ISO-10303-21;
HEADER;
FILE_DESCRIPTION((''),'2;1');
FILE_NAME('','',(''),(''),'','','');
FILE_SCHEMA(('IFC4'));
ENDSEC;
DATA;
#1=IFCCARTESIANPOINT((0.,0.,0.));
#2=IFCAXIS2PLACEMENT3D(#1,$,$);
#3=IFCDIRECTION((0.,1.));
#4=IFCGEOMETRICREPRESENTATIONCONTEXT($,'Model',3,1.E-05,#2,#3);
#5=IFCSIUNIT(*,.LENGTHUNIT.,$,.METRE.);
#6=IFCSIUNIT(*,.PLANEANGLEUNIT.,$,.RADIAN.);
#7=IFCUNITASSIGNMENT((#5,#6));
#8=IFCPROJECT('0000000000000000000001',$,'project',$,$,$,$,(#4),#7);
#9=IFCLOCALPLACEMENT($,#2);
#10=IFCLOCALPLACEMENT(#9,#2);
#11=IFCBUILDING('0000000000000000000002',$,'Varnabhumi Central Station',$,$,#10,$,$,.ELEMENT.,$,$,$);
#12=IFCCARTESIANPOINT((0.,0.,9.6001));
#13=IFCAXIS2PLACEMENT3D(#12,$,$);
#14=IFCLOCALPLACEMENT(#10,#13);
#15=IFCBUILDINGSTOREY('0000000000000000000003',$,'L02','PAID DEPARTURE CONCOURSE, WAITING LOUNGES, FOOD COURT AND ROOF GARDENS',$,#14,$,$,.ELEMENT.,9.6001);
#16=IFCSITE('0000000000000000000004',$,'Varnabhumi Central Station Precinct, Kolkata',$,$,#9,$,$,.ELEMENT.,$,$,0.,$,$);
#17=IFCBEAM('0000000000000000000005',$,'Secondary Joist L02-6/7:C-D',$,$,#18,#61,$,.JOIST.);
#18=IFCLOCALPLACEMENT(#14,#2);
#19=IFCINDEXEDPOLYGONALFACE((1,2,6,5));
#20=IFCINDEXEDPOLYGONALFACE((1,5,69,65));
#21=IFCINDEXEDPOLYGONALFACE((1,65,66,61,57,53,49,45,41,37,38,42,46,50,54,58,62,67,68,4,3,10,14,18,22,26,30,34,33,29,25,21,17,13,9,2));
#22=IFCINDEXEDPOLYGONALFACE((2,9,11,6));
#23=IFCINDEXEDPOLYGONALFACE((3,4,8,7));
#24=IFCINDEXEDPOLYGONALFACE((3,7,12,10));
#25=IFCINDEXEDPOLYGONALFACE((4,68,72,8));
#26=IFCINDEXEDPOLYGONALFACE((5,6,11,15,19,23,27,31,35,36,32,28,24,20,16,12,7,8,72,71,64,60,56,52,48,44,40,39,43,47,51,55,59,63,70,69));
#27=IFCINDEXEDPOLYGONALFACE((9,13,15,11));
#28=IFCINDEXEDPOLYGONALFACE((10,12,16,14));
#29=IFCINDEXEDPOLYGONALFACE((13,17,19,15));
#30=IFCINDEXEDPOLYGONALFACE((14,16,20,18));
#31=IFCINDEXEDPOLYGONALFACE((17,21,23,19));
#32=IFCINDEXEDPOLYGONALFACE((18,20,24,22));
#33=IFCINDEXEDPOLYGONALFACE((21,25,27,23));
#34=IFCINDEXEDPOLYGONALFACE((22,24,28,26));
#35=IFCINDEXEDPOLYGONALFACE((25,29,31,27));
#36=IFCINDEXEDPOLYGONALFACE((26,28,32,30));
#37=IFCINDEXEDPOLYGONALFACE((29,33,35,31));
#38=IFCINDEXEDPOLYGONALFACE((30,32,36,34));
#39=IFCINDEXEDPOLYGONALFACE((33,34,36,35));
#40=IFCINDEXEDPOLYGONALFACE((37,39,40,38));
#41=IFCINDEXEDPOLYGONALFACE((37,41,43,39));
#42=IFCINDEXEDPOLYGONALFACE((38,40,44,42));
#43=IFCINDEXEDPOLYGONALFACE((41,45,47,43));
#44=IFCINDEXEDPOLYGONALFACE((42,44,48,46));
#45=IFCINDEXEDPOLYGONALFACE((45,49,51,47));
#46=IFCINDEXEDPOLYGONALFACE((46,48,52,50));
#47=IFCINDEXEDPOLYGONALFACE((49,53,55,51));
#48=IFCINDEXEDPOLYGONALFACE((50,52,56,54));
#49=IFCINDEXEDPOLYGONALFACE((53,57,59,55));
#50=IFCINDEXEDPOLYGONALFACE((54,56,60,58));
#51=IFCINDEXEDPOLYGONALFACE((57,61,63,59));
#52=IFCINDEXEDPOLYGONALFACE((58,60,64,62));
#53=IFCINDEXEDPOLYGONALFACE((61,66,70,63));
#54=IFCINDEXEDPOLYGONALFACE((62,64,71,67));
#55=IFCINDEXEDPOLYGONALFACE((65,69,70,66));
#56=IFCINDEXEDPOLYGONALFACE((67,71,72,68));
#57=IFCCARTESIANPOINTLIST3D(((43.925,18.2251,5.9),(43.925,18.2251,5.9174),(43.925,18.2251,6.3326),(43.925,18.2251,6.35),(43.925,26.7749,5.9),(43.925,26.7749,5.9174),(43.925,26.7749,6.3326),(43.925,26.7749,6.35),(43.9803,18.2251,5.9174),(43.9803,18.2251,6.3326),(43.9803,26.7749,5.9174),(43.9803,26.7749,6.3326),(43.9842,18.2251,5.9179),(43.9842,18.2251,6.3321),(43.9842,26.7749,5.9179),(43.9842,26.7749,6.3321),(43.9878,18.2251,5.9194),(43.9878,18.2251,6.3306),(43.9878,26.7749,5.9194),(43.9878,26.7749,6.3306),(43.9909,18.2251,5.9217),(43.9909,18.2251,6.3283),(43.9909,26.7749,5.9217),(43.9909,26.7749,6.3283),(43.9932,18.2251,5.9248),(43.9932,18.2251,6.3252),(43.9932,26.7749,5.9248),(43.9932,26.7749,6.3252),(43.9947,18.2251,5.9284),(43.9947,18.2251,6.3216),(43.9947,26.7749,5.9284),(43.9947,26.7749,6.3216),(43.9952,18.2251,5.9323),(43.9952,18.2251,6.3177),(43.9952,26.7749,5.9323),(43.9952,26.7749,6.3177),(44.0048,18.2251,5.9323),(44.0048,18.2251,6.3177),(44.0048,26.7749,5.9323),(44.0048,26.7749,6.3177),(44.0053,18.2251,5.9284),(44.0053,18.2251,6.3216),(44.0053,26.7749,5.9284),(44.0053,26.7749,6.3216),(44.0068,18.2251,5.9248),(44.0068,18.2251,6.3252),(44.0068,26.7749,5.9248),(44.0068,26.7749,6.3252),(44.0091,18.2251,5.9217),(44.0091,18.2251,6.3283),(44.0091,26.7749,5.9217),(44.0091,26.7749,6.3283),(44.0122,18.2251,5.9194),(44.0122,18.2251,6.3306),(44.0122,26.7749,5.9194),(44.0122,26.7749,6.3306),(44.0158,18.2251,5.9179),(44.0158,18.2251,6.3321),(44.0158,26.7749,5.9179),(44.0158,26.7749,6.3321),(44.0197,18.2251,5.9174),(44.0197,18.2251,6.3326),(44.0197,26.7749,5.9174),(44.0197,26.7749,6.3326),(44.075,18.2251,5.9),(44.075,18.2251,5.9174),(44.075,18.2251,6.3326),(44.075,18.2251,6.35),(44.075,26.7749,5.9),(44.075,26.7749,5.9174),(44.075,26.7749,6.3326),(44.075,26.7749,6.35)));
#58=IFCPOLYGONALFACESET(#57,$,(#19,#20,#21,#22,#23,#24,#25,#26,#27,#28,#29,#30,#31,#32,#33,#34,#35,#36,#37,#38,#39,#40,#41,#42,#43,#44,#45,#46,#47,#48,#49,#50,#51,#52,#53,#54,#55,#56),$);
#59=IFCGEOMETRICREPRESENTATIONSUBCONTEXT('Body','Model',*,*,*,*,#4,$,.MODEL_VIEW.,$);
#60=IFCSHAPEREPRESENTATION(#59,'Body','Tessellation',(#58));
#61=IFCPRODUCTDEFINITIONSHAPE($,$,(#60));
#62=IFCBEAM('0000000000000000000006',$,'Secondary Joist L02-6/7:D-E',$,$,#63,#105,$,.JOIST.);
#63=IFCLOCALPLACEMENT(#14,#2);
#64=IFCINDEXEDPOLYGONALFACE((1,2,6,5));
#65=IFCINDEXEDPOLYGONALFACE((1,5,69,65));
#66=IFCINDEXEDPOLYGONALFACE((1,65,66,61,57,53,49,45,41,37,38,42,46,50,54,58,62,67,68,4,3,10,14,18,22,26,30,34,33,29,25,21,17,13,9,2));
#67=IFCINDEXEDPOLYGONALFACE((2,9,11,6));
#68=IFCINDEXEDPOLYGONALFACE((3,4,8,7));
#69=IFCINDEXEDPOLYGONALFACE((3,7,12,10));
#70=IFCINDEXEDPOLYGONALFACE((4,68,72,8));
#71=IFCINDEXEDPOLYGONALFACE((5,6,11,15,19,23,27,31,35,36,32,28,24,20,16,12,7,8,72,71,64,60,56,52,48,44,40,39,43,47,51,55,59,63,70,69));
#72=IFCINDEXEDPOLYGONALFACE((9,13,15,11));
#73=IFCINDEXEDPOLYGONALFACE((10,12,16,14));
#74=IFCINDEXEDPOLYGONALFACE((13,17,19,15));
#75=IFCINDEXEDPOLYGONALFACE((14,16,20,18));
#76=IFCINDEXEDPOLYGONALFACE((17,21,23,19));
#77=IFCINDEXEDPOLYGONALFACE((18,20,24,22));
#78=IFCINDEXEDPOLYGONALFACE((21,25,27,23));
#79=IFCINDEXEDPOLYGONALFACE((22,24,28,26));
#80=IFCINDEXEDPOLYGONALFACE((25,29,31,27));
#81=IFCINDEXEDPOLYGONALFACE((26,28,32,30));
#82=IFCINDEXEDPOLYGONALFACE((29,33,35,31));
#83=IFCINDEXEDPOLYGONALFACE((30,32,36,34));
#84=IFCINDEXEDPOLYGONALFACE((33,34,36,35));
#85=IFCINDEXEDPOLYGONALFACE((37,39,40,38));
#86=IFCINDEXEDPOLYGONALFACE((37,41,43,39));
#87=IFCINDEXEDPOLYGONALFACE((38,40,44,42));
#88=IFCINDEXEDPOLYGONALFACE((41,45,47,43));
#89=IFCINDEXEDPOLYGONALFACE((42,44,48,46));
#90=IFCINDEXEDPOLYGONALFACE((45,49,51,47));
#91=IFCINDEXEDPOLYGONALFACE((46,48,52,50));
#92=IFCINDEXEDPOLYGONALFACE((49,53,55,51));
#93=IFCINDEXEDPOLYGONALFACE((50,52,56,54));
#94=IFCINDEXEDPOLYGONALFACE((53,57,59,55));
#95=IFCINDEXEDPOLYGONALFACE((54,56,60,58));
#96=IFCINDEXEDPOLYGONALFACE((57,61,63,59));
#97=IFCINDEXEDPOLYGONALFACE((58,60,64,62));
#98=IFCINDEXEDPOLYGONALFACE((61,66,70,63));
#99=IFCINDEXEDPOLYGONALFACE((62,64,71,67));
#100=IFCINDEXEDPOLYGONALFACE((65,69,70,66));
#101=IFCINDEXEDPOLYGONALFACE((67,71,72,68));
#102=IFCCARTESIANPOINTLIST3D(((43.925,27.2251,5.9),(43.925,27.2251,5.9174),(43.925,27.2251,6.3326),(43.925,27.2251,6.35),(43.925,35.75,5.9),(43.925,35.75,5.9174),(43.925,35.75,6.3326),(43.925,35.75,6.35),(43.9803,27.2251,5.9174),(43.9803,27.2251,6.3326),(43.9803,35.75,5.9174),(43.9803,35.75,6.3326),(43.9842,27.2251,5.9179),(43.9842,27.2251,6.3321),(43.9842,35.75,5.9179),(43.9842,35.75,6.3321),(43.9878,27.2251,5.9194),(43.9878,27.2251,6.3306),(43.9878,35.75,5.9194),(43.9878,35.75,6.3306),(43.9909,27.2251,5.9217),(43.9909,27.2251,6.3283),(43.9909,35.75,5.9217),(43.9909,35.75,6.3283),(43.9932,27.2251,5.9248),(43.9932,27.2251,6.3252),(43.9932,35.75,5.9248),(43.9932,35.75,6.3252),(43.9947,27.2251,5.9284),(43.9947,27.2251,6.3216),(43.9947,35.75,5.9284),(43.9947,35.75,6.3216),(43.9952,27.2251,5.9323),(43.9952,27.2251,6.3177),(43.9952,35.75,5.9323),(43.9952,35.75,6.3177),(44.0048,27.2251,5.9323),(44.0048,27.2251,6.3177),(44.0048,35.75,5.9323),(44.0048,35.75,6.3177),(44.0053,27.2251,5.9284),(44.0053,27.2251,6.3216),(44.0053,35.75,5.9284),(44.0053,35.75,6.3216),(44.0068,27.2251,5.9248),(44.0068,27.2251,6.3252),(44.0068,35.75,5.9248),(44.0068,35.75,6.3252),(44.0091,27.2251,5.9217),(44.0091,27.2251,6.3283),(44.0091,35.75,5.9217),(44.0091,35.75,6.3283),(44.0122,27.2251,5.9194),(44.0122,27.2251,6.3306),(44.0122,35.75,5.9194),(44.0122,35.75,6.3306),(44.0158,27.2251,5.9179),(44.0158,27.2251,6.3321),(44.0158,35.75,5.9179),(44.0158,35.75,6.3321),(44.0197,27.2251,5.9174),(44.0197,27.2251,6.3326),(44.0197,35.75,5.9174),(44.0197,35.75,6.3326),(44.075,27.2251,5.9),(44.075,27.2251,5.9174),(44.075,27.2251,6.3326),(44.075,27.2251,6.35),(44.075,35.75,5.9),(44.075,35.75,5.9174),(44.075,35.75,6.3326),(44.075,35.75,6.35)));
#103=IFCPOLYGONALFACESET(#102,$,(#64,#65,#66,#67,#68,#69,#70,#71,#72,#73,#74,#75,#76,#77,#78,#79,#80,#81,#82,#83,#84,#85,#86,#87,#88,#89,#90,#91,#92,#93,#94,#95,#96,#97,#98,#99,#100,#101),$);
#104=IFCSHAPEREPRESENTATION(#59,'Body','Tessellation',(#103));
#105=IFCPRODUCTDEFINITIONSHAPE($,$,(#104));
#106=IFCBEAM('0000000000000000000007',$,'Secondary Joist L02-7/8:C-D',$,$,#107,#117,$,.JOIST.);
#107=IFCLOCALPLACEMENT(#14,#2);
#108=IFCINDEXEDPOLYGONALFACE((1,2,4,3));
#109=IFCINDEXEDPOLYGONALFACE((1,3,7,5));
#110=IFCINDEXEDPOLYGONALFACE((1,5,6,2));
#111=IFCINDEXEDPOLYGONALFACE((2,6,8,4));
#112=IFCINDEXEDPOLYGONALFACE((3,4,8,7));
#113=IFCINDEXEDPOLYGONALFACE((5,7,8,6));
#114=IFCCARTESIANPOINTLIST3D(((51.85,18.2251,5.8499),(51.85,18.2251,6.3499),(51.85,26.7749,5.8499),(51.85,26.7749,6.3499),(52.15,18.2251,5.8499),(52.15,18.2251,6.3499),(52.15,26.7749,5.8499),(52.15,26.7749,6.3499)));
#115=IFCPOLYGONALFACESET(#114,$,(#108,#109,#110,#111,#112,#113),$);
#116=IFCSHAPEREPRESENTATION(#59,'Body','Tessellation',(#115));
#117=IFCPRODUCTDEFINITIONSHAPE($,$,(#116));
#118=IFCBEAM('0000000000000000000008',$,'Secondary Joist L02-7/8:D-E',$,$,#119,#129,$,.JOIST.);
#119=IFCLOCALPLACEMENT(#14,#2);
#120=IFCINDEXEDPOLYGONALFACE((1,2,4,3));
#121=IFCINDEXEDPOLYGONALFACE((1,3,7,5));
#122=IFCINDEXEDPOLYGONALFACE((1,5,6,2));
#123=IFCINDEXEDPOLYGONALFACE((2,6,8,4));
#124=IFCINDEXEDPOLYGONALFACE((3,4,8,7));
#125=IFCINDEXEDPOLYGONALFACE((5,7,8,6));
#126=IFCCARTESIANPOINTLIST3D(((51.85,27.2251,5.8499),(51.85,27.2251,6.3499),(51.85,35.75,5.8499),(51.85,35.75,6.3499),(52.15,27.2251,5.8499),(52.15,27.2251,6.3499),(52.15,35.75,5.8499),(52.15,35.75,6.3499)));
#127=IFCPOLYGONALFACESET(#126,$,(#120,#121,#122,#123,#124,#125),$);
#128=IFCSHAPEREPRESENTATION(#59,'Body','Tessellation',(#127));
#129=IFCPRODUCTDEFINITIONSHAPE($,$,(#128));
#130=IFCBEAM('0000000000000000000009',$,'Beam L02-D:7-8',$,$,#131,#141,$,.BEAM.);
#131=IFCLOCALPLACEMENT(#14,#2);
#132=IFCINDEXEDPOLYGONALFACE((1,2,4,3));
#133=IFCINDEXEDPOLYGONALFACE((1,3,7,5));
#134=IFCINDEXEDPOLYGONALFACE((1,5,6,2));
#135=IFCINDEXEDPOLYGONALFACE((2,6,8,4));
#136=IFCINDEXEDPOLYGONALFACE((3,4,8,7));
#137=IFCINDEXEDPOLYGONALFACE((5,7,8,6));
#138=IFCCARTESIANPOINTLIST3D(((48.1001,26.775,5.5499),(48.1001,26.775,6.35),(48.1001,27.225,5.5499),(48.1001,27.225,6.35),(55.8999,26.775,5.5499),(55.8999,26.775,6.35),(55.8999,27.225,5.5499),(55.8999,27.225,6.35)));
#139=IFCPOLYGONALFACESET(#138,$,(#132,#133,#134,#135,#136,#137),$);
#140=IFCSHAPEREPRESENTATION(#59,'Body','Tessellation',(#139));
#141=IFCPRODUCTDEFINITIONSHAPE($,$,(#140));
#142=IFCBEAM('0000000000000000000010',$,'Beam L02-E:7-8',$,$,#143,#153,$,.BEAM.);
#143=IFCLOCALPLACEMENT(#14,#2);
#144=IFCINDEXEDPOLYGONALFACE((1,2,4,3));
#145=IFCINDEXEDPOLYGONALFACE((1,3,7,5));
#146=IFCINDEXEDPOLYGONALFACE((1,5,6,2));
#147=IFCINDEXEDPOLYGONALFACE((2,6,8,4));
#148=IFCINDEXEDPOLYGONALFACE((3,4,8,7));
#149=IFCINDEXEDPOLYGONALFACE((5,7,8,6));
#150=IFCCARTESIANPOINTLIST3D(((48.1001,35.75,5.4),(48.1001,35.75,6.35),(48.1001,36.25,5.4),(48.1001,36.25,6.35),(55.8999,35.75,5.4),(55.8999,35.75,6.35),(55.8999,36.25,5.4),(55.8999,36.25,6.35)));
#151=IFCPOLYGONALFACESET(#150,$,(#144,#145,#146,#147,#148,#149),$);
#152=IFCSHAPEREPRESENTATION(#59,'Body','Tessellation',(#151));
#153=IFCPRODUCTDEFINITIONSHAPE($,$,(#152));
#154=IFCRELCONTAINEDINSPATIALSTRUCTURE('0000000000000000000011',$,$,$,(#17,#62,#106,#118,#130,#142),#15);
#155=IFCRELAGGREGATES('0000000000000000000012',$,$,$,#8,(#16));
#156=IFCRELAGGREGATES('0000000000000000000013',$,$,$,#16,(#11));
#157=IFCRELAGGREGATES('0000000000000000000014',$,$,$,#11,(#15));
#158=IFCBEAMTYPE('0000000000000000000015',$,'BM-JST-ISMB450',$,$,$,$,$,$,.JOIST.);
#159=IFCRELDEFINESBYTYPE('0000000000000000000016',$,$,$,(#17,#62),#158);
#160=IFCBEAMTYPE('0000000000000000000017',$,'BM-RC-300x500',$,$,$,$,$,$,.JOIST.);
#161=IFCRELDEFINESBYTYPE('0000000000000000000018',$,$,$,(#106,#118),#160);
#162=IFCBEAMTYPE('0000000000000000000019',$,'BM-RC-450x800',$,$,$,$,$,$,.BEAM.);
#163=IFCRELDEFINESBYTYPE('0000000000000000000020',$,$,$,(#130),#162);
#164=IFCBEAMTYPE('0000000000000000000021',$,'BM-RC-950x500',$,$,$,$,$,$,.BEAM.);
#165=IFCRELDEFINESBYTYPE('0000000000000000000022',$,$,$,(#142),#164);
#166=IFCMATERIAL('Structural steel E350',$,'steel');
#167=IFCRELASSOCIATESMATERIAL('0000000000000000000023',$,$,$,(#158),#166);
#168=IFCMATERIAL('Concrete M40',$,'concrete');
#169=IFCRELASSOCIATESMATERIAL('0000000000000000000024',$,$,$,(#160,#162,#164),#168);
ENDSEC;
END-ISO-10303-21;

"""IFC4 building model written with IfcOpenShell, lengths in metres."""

from ifc_helpers import new_model, si_unit, direction, frame, origin, origin_2d, place, context, subcontext, project, spatial, rectangle, i_section, extrude, material, material_profile, profile_set, type_object, element, save


model = new_model("IFC4")

# Units and contexts
model_context = context("Model", 3, precision=1e-05, world=origin(), true_north=direction((0.0, 1.0)))
body_context = subcontext(model_context, "Body", "Model", "MODEL_VIEW")
ifc_project = project(units=[si_unit("LENGTHUNIT", "METRE"), si_unit("PLANEANGLEUNIT", "RADIAN")], contexts=[model_context])

# Site, building, storey
site_placement = place(None, origin())
site = spatial("IfcSite", under=ifc_project, at=site_placement, Name="Varnabhumi Central Station Precinct, Kolkata", CompositionType="ELEMENT", RefElevation=0.0)
building_placement = place(site_placement, origin())
building = spatial("IfcBuilding", under=site, at=building_placement, Name="Varnabhumi Central Station", CompositionType="ELEMENT")
storey_placement = place(building_placement, frame((0.0, 0.0, 9.6001)))
storey = spatial("IfcBuildingStorey", under=building, at=storey_placement, Name="L02", Description="PAID DEPARTURE CONCOURSE, WAITING LOUNGES, FOOD COURT AND ROOF GARDENS", CompositionType="ELEMENT", Elevation=9.6001)

# Shared definitions
ifc_material_1 = material(Name="Concrete M40", Category="concrete")

# Beams
ifc_material_2 = material(Name="Structural steel E350", Category="steel")
ifc_material_profile_1 = material_profile(ifc_material_2, i_section(OverallWidth=0.1499, OverallDepth=0.45, WebThickness=0.0095, FlangeThickness=0.0173, FilletRadius=0.0149, at=origin_2d()), Name="Structural steel E350", Category="steel")
ifc_profile_set_1 = profile_set([ifc_material_profile_1], Name="Structural steel E350")
beam_type_1 = type_object("IfcBeamType", Name="BM-JST-ISMB450", PredefinedType="JOIST", material=ifc_profile_set_1)
beam_1_placement = place(storey_placement, frame((44.0, 18.2251, 6.125), z_axis=(0.0, 1.0, 0.0), x_axis=(-1.0, 0.0, 0.0)))
element("IfcBeam", 1, at=beam_1_placement, inside=storey, type_object=beam_type_1, Name="Secondary Joist L02-6/7:C-D", PredefinedType="JOIST", context=body_context, shape_type="SweptSolid", body=[
    extrude(i_section(OverallWidth=0.1499, OverallDepth=0.45, WebThickness=0.0095, FlangeThickness=0.0173, FilletRadius=0.0149, at=origin_2d()), origin(), (0.0, 0.0, 1.0), 8.5498),
])
beam_2_placement = place(storey_placement, frame((44.0, 27.2251, 6.125), z_axis=(0.0, 1.0, 0.0), x_axis=(-1.0, 0.0, 0.0)))
element("IfcBeam", 2, at=beam_2_placement, inside=storey, type_object=beam_type_1, Name="Secondary Joist L02-6/7:D-E", PredefinedType="JOIST", context=body_context, shape_type="SweptSolid", body=[
    extrude(i_section(OverallWidth=0.1499, OverallDepth=0.45, WebThickness=0.0095, FlangeThickness=0.0173, FilletRadius=0.0149, at=origin_2d()), origin(), (0.0, 0.0, 1.0), 8.5249),
])
ifc_material_profile_2 = material_profile(ifc_material_1, rectangle(XDim=0.3, YDim=0.5, at=origin_2d()), Name="Concrete M40", Category="concrete")
ifc_profile_set_2 = profile_set([ifc_material_profile_2], Name="Concrete M40")
beam_type_2 = type_object("IfcBeamType", Name="BM-RC-300x500", PredefinedType="JOIST", material=ifc_profile_set_2)
beam_3_placement = place(storey_placement, frame((52.0, 18.2251, 6.0999), z_axis=(0.0, 1.0, 0.0), x_axis=(-1.0, 0.0, 0.0)))
element("IfcBeam", 3, at=beam_3_placement, inside=storey, type_object=beam_type_2, Name="Secondary Joist L02-7/8:C-D", PredefinedType="JOIST", context=body_context, shape_type="SweptSolid", body=[
    extrude(rectangle(XDim=0.3, YDim=0.5, at=origin_2d()), origin(), (0.0, 0.0, 1.0), 8.5498),
])
beam_4_placement = place(storey_placement, frame((52.0, 27.2251, 6.0999), z_axis=(0.0, 1.0, 0.0), x_axis=(-1.0, 0.0, 0.0)))
element("IfcBeam", 4, at=beam_4_placement, inside=storey, type_object=beam_type_2, Name="Secondary Joist L02-7/8:D-E", PredefinedType="JOIST", context=body_context, shape_type="SweptSolid", body=[
    extrude(rectangle(XDim=0.3, YDim=0.5, at=origin_2d()), origin(), (0.0, 0.0, 1.0), 8.5249),
])
ifc_material_profile_3 = material_profile(ifc_material_1, rectangle(XDim=0.45, YDim=0.8, at=origin_2d()), Name="Concrete M40", Category="concrete")
ifc_profile_set_3 = profile_set([ifc_material_profile_3], Name="Concrete M40")
beam_type_3 = type_object("IfcBeamType", Name="BM-RC-450x800", PredefinedType="BEAM", material=ifc_profile_set_3)
beam_5_placement = place(storey_placement, frame((48.1001, 27.0, 5.95), z_axis=(1.0, 0.0, 0.0), x_axis=(0.0, 1.0, 0.0)))
element("IfcBeam", 5, at=beam_5_placement, inside=storey, type_object=beam_type_3, Name="Beam L02-D:7-8", PredefinedType="BEAM", context=body_context, shape_type="SweptSolid", body=[
    extrude(rectangle(XDim=0.45, YDim=0.8, at=origin_2d()), origin(), (0.0, 0.0, 1.0), 7.7998),
])
ifc_material_profile_4 = material_profile(ifc_material_1, rectangle(XDim=0.5, YDim=0.95, at=origin_2d()), Name="Concrete M40", Category="concrete")
ifc_profile_set_4 = profile_set([ifc_material_profile_4], Name="Concrete M40")
beam_type_4 = type_object("IfcBeamType", Name="BM-RC-950x500", PredefinedType="BEAM", material=ifc_profile_set_4)
beam_6_placement = place(storey_placement, frame((48.1001, 36.0, 5.875), z_axis=(1.0, 0.0, 0.0), x_axis=(0.0, 1.0, 0.0)))
element("IfcBeam", 6, at=beam_6_placement, inside=storey, type_object=beam_type_4, Name="Beam L02-E:7-8", PredefinedType="BEAM", context=body_context, shape_type="SweptSolid", body=[
    extrude(rectangle(XDim=0.5, YDim=0.95, at=origin_2d()), origin(), (0.0, 0.0, 1.0), 7.7998),
])

save(model, "model.ifc")
